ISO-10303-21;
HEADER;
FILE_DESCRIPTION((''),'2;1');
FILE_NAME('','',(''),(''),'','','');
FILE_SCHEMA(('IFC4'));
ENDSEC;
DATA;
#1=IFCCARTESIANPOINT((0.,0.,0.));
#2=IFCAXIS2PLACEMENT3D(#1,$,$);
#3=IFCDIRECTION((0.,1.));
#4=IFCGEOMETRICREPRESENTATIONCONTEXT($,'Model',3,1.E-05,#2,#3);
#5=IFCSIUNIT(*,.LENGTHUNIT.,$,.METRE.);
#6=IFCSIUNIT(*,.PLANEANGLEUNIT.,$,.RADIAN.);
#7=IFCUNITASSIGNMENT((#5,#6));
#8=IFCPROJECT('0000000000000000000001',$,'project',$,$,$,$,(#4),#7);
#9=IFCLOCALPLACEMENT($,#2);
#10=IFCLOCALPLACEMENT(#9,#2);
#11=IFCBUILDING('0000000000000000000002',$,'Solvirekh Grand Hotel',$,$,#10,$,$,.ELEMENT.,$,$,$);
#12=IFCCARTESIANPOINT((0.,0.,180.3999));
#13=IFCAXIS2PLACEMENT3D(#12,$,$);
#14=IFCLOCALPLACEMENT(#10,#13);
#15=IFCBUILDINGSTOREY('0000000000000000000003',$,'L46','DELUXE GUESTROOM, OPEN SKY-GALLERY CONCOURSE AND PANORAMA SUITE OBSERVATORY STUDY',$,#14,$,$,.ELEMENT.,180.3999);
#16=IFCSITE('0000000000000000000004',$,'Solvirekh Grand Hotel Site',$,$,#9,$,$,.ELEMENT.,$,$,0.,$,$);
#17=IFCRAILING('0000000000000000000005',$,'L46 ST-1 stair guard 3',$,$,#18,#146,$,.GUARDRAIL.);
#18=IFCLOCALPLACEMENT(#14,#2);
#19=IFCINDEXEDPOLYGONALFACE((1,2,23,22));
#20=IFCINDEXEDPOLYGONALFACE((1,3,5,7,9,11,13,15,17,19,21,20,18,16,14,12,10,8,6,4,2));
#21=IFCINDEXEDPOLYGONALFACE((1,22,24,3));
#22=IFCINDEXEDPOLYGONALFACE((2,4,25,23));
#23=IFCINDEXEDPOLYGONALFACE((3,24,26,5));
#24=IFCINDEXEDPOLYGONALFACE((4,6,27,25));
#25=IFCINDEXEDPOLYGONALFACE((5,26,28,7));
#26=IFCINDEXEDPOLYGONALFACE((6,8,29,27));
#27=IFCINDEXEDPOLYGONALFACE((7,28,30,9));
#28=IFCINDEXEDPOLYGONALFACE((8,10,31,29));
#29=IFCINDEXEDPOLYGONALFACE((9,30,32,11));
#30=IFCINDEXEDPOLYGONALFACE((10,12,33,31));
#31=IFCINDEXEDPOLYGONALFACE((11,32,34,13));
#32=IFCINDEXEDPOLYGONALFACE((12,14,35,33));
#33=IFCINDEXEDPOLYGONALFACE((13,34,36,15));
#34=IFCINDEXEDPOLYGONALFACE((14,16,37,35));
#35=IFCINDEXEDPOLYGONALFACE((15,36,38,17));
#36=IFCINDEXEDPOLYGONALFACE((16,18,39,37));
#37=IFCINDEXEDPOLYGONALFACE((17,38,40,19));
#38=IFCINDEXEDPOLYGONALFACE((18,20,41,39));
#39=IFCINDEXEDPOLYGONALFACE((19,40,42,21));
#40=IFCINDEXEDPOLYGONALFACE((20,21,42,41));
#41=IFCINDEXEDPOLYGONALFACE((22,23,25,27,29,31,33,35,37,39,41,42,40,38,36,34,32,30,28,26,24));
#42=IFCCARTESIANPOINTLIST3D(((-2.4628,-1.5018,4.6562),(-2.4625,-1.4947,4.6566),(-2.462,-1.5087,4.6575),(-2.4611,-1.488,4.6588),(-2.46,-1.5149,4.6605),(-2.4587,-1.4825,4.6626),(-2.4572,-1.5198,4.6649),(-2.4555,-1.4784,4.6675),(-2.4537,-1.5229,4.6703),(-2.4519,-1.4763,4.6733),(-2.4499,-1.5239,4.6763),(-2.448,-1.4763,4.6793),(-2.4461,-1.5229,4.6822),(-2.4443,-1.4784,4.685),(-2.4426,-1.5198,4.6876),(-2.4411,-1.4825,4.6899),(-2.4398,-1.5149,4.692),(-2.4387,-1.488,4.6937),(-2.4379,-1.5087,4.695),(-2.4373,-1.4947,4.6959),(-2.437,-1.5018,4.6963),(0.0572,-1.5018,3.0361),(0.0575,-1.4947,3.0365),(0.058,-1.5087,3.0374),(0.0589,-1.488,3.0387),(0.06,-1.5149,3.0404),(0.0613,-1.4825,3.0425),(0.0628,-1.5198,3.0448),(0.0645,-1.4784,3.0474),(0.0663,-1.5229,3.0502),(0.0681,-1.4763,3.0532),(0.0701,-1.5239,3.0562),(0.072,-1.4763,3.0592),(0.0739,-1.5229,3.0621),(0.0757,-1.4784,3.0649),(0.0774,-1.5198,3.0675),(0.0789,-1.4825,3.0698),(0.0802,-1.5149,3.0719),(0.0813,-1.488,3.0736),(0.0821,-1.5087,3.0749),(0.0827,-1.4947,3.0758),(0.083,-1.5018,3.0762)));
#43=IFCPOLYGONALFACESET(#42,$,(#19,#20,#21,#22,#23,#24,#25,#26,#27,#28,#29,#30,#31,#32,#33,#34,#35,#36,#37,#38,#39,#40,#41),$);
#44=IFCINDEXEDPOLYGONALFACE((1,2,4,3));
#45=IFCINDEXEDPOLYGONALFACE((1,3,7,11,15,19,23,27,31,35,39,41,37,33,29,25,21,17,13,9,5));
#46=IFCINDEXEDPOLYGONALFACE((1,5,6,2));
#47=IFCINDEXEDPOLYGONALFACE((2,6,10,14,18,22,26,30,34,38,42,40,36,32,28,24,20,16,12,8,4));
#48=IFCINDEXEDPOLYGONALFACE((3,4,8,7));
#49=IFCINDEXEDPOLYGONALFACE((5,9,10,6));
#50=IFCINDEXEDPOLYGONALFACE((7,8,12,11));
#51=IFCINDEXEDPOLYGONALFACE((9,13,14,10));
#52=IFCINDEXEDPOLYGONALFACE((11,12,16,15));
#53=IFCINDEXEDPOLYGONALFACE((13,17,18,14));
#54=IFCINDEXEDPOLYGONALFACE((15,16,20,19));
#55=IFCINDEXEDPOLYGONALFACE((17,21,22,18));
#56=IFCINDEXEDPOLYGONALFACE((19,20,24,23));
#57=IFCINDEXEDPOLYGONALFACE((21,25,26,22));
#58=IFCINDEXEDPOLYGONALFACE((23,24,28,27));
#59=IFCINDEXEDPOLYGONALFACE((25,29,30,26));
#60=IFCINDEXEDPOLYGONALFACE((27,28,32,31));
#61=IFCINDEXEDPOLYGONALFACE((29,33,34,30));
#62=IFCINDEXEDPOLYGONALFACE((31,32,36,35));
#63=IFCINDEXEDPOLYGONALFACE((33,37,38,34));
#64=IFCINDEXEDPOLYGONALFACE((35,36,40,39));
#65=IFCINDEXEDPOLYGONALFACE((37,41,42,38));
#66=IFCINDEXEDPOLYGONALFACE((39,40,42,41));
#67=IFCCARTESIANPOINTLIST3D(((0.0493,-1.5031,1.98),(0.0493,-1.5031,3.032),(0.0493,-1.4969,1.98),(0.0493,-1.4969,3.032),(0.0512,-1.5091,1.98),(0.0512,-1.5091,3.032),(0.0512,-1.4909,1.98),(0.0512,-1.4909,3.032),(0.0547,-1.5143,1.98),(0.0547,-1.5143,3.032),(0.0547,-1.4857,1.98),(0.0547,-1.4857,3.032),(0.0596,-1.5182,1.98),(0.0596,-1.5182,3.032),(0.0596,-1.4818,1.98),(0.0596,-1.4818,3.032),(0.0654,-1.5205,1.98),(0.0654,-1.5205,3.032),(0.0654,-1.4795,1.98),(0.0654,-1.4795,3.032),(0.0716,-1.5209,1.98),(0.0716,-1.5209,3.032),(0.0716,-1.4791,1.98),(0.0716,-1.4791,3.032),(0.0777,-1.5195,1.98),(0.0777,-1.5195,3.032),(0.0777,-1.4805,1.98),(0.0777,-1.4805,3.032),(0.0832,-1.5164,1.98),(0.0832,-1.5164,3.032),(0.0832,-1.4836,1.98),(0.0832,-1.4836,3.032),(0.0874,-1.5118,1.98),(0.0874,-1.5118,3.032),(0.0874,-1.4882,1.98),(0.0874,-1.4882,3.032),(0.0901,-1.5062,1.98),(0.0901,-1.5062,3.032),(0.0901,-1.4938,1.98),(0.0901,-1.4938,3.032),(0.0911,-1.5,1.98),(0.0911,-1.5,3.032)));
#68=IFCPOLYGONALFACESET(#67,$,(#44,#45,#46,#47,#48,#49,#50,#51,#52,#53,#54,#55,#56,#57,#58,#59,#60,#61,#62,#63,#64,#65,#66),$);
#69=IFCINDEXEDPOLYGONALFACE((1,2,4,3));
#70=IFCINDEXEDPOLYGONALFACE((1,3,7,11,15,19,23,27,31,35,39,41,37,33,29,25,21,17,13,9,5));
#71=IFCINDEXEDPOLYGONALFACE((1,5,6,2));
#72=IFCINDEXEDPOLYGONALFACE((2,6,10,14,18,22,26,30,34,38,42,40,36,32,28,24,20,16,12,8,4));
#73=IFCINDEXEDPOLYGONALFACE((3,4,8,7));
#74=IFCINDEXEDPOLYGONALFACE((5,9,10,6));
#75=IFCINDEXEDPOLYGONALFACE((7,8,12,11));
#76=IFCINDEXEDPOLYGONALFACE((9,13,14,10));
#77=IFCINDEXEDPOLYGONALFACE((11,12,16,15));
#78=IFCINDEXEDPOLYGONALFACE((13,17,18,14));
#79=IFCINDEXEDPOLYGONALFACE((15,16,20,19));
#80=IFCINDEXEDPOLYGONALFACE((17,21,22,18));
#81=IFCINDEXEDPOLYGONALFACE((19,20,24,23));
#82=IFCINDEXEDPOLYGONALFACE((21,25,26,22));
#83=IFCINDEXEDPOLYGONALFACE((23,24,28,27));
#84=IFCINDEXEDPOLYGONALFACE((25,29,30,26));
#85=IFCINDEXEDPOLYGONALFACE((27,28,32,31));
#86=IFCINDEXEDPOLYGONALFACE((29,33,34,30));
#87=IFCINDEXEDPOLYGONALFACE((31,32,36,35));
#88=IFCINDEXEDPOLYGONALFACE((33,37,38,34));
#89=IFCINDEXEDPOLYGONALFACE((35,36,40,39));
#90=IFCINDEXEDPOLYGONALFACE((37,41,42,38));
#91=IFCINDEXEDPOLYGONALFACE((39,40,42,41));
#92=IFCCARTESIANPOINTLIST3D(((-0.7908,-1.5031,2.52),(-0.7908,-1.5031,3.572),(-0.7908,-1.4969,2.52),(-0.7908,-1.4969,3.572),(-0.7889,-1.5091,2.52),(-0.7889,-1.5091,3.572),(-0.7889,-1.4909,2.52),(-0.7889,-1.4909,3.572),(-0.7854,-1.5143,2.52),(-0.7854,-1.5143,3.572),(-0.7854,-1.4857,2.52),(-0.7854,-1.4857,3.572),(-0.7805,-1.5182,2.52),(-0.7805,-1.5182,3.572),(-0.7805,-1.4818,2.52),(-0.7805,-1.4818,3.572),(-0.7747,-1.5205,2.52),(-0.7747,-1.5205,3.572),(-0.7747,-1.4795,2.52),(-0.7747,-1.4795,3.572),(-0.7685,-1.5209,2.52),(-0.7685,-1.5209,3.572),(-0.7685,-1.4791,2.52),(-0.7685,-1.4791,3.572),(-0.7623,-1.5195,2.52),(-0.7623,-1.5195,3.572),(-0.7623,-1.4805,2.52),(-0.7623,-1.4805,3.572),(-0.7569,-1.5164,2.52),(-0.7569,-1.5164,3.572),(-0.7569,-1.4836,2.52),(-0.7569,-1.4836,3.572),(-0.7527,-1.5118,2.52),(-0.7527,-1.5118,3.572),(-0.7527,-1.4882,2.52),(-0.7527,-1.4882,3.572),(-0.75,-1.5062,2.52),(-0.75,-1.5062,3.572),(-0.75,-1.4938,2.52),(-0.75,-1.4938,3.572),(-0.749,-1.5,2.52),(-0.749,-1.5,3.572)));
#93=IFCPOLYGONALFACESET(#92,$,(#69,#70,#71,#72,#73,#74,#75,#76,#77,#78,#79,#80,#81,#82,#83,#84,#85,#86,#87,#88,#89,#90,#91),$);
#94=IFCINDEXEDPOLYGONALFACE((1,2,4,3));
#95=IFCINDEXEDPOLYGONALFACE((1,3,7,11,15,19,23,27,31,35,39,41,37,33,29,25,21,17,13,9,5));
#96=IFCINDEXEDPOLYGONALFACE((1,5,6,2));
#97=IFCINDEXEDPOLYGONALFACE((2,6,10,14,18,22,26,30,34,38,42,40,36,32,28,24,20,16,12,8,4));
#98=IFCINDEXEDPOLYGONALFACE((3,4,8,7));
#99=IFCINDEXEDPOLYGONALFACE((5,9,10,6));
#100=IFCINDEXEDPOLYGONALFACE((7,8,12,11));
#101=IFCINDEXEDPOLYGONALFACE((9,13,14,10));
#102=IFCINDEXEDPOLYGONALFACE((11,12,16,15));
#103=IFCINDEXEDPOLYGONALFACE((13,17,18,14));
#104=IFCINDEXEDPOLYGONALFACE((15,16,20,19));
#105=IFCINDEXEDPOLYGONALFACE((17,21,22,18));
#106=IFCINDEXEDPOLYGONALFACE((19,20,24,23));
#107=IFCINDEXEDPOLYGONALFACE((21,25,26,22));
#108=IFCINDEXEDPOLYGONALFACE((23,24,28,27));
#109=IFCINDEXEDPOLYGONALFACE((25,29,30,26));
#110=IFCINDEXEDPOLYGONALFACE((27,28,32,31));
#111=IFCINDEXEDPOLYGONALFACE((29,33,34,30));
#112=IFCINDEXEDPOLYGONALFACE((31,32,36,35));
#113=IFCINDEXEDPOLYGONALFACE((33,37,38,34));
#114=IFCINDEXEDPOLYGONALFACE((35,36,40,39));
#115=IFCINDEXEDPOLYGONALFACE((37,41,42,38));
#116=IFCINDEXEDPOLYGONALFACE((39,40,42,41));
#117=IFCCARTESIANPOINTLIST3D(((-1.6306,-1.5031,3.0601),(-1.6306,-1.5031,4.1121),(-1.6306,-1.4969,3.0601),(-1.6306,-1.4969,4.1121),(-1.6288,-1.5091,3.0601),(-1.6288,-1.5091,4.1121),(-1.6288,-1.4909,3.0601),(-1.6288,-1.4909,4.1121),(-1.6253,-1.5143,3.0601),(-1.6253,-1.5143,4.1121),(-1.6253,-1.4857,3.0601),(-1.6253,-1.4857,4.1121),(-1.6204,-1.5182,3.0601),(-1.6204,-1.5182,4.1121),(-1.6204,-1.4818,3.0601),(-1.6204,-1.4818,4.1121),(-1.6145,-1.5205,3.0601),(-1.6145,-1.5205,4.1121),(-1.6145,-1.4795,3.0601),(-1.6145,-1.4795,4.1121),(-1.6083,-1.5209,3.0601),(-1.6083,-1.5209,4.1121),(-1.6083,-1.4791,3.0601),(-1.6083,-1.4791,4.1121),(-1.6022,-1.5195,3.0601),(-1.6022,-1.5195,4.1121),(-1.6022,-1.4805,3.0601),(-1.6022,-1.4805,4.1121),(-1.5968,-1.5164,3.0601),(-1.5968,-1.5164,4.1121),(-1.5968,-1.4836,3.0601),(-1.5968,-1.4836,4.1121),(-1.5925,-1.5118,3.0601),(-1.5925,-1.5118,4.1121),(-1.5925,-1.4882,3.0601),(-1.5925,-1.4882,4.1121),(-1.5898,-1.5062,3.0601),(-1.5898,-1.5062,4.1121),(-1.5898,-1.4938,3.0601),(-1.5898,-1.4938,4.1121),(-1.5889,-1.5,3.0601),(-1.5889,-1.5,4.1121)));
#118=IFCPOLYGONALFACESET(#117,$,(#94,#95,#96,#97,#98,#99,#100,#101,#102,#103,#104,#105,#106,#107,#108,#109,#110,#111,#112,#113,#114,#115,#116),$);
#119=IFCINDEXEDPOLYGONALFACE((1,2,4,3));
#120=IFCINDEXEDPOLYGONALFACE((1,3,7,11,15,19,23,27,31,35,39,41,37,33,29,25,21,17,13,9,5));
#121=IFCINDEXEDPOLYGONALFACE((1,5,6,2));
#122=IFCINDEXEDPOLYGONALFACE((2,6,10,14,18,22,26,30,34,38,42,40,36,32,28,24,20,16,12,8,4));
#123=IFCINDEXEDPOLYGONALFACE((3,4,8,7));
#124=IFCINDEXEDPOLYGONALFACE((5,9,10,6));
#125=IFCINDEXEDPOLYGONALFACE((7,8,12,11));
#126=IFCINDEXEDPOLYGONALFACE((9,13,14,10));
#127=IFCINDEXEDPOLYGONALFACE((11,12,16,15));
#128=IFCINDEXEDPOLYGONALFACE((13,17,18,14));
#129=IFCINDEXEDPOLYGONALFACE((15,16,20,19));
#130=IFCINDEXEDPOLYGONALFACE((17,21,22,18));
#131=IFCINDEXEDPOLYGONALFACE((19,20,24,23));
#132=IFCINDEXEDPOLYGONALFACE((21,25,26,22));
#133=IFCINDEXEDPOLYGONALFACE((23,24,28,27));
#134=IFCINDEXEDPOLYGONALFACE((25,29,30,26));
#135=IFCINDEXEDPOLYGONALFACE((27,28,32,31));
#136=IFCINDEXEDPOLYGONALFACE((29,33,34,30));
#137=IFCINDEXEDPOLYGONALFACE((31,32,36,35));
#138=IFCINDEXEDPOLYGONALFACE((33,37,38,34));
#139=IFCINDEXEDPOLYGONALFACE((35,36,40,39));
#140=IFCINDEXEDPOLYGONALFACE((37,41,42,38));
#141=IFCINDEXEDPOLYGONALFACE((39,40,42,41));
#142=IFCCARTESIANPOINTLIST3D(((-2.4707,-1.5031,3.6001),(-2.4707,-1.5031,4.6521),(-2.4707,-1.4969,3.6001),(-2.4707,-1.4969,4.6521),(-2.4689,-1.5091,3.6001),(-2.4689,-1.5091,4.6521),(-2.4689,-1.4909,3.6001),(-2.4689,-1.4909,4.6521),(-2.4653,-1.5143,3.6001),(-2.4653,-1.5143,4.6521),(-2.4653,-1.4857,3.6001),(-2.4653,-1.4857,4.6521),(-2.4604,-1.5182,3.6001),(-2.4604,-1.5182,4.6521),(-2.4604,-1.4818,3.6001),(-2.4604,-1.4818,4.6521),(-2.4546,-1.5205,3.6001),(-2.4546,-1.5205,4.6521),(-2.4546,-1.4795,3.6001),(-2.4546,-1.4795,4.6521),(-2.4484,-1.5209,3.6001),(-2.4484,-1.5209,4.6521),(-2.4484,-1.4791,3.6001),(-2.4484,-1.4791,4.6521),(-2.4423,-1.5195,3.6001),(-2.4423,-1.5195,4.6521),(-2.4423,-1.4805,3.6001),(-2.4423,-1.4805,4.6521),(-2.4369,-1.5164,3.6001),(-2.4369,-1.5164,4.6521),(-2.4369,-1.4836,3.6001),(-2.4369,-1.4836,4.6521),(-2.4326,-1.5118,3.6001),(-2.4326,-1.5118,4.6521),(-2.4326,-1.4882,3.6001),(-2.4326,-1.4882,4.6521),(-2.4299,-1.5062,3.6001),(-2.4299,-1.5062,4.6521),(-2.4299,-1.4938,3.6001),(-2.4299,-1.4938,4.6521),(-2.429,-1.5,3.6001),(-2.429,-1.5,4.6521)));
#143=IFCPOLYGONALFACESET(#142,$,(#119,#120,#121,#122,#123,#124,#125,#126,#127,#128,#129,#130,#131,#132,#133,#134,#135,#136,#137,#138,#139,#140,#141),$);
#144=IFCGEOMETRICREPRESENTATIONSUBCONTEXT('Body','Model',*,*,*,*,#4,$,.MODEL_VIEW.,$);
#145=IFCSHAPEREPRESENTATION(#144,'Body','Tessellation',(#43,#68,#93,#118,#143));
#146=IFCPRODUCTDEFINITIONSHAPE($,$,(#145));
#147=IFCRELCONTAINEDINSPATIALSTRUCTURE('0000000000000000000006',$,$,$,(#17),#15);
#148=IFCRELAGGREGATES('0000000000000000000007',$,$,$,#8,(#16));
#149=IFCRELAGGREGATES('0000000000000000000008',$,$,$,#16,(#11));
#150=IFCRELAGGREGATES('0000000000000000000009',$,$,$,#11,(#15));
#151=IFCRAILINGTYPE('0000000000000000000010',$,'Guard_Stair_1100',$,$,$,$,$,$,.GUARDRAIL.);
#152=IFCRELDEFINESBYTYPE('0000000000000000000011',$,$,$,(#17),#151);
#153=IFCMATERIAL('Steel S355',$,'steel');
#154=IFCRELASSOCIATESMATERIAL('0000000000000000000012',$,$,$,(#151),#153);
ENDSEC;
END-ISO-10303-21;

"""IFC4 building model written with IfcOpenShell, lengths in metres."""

from ifc_helpers import new_model, si_unit, direction, frame, origin, origin_2d, place, context, subcontext, project, spatial, circle, extrude, material, type_object, element, save


model = new_model("IFC4")

# Units and contexts
model_context = context("Model", 3, precision=1e-05, world=origin(), true_north=direction((0.0, 1.0)))
body_context = subcontext(model_context, "Body", "Model", "MODEL_VIEW")
ifc_project = project(units=[si_unit("LENGTHUNIT", "METRE"), si_unit("PLANEANGLEUNIT", "RADIAN")], contexts=[model_context])

# Site, building, storey
site_placement = place(None, origin())
site = spatial("IfcSite", under=ifc_project, at=site_placement, Name="Solvirekh Grand Hotel Site", CompositionType="ELEMENT", RefElevation=0.0)
building_placement = place(site_placement, origin())
building = spatial("IfcBuilding", under=site, at=building_placement, Name="Solvirekh Grand Hotel", CompositionType="ELEMENT")
storey_placement = place(building_placement, frame((0.0, 0.0, 180.3999)))
storey = spatial("IfcBuildingStorey", under=building, at=storey_placement, Name="L46", Description="DELUXE GUESTROOM, OPEN SKY-GALLERY CONCOURSE AND PANORAMA SUITE OBSERVATORY STUDY", CompositionType="ELEMENT", Elevation=180.3999)

# Railing
ifc_material_1 = material(Name="Steel S355", Category="steel")
railing_type_1 = type_object("IfcRailingType", Name="Guard_Stair_1100", PredefinedType="GUARDRAIL", material=ifc_material_1)
railing_1_placement = place(storey_placement, frame((0.0701, -1.5, 1.98)))
element("IfcRailing", 1, at=railing_1_placement, inside=storey, type_object=railing_type_1, Name="L46 ST-1 stair guard 3", PredefinedType="GUARDRAIL", context=body_context, shape_type="SweptSolid", body=[
    extrude(circle(Radius=0.0239, at=origin_2d()), frame((0.0, 0.0, 1.0762), z_axis=(-0.841163, 0.0, 0.540782), x_axis=(0.0, -1.0, 0.0)), (0.0, 0.0, 1.0), 2.9958),
    extrude(circle(Radius=0.021, at=origin_2d()), origin(), (0.0, 0.0, 1.0), 1.052),
    extrude(circle(Radius=0.021, at=origin_2d()), frame((-0.8401, 0.0, 0.54)), (0.0, 0.0, 1.0), 1.052),
    extrude(circle(Radius=0.021, at=origin_2d()), frame((-1.6799, 0.0, 1.0801)), (0.0, 0.0, 1.0), 1.052),
    extrude(circle(Radius=0.021, at=origin_2d()), frame((-2.52, 0.0, 1.6201)), (0.0, 0.0, 1.0), 1.052),
])

save(model, "model.ifc")
